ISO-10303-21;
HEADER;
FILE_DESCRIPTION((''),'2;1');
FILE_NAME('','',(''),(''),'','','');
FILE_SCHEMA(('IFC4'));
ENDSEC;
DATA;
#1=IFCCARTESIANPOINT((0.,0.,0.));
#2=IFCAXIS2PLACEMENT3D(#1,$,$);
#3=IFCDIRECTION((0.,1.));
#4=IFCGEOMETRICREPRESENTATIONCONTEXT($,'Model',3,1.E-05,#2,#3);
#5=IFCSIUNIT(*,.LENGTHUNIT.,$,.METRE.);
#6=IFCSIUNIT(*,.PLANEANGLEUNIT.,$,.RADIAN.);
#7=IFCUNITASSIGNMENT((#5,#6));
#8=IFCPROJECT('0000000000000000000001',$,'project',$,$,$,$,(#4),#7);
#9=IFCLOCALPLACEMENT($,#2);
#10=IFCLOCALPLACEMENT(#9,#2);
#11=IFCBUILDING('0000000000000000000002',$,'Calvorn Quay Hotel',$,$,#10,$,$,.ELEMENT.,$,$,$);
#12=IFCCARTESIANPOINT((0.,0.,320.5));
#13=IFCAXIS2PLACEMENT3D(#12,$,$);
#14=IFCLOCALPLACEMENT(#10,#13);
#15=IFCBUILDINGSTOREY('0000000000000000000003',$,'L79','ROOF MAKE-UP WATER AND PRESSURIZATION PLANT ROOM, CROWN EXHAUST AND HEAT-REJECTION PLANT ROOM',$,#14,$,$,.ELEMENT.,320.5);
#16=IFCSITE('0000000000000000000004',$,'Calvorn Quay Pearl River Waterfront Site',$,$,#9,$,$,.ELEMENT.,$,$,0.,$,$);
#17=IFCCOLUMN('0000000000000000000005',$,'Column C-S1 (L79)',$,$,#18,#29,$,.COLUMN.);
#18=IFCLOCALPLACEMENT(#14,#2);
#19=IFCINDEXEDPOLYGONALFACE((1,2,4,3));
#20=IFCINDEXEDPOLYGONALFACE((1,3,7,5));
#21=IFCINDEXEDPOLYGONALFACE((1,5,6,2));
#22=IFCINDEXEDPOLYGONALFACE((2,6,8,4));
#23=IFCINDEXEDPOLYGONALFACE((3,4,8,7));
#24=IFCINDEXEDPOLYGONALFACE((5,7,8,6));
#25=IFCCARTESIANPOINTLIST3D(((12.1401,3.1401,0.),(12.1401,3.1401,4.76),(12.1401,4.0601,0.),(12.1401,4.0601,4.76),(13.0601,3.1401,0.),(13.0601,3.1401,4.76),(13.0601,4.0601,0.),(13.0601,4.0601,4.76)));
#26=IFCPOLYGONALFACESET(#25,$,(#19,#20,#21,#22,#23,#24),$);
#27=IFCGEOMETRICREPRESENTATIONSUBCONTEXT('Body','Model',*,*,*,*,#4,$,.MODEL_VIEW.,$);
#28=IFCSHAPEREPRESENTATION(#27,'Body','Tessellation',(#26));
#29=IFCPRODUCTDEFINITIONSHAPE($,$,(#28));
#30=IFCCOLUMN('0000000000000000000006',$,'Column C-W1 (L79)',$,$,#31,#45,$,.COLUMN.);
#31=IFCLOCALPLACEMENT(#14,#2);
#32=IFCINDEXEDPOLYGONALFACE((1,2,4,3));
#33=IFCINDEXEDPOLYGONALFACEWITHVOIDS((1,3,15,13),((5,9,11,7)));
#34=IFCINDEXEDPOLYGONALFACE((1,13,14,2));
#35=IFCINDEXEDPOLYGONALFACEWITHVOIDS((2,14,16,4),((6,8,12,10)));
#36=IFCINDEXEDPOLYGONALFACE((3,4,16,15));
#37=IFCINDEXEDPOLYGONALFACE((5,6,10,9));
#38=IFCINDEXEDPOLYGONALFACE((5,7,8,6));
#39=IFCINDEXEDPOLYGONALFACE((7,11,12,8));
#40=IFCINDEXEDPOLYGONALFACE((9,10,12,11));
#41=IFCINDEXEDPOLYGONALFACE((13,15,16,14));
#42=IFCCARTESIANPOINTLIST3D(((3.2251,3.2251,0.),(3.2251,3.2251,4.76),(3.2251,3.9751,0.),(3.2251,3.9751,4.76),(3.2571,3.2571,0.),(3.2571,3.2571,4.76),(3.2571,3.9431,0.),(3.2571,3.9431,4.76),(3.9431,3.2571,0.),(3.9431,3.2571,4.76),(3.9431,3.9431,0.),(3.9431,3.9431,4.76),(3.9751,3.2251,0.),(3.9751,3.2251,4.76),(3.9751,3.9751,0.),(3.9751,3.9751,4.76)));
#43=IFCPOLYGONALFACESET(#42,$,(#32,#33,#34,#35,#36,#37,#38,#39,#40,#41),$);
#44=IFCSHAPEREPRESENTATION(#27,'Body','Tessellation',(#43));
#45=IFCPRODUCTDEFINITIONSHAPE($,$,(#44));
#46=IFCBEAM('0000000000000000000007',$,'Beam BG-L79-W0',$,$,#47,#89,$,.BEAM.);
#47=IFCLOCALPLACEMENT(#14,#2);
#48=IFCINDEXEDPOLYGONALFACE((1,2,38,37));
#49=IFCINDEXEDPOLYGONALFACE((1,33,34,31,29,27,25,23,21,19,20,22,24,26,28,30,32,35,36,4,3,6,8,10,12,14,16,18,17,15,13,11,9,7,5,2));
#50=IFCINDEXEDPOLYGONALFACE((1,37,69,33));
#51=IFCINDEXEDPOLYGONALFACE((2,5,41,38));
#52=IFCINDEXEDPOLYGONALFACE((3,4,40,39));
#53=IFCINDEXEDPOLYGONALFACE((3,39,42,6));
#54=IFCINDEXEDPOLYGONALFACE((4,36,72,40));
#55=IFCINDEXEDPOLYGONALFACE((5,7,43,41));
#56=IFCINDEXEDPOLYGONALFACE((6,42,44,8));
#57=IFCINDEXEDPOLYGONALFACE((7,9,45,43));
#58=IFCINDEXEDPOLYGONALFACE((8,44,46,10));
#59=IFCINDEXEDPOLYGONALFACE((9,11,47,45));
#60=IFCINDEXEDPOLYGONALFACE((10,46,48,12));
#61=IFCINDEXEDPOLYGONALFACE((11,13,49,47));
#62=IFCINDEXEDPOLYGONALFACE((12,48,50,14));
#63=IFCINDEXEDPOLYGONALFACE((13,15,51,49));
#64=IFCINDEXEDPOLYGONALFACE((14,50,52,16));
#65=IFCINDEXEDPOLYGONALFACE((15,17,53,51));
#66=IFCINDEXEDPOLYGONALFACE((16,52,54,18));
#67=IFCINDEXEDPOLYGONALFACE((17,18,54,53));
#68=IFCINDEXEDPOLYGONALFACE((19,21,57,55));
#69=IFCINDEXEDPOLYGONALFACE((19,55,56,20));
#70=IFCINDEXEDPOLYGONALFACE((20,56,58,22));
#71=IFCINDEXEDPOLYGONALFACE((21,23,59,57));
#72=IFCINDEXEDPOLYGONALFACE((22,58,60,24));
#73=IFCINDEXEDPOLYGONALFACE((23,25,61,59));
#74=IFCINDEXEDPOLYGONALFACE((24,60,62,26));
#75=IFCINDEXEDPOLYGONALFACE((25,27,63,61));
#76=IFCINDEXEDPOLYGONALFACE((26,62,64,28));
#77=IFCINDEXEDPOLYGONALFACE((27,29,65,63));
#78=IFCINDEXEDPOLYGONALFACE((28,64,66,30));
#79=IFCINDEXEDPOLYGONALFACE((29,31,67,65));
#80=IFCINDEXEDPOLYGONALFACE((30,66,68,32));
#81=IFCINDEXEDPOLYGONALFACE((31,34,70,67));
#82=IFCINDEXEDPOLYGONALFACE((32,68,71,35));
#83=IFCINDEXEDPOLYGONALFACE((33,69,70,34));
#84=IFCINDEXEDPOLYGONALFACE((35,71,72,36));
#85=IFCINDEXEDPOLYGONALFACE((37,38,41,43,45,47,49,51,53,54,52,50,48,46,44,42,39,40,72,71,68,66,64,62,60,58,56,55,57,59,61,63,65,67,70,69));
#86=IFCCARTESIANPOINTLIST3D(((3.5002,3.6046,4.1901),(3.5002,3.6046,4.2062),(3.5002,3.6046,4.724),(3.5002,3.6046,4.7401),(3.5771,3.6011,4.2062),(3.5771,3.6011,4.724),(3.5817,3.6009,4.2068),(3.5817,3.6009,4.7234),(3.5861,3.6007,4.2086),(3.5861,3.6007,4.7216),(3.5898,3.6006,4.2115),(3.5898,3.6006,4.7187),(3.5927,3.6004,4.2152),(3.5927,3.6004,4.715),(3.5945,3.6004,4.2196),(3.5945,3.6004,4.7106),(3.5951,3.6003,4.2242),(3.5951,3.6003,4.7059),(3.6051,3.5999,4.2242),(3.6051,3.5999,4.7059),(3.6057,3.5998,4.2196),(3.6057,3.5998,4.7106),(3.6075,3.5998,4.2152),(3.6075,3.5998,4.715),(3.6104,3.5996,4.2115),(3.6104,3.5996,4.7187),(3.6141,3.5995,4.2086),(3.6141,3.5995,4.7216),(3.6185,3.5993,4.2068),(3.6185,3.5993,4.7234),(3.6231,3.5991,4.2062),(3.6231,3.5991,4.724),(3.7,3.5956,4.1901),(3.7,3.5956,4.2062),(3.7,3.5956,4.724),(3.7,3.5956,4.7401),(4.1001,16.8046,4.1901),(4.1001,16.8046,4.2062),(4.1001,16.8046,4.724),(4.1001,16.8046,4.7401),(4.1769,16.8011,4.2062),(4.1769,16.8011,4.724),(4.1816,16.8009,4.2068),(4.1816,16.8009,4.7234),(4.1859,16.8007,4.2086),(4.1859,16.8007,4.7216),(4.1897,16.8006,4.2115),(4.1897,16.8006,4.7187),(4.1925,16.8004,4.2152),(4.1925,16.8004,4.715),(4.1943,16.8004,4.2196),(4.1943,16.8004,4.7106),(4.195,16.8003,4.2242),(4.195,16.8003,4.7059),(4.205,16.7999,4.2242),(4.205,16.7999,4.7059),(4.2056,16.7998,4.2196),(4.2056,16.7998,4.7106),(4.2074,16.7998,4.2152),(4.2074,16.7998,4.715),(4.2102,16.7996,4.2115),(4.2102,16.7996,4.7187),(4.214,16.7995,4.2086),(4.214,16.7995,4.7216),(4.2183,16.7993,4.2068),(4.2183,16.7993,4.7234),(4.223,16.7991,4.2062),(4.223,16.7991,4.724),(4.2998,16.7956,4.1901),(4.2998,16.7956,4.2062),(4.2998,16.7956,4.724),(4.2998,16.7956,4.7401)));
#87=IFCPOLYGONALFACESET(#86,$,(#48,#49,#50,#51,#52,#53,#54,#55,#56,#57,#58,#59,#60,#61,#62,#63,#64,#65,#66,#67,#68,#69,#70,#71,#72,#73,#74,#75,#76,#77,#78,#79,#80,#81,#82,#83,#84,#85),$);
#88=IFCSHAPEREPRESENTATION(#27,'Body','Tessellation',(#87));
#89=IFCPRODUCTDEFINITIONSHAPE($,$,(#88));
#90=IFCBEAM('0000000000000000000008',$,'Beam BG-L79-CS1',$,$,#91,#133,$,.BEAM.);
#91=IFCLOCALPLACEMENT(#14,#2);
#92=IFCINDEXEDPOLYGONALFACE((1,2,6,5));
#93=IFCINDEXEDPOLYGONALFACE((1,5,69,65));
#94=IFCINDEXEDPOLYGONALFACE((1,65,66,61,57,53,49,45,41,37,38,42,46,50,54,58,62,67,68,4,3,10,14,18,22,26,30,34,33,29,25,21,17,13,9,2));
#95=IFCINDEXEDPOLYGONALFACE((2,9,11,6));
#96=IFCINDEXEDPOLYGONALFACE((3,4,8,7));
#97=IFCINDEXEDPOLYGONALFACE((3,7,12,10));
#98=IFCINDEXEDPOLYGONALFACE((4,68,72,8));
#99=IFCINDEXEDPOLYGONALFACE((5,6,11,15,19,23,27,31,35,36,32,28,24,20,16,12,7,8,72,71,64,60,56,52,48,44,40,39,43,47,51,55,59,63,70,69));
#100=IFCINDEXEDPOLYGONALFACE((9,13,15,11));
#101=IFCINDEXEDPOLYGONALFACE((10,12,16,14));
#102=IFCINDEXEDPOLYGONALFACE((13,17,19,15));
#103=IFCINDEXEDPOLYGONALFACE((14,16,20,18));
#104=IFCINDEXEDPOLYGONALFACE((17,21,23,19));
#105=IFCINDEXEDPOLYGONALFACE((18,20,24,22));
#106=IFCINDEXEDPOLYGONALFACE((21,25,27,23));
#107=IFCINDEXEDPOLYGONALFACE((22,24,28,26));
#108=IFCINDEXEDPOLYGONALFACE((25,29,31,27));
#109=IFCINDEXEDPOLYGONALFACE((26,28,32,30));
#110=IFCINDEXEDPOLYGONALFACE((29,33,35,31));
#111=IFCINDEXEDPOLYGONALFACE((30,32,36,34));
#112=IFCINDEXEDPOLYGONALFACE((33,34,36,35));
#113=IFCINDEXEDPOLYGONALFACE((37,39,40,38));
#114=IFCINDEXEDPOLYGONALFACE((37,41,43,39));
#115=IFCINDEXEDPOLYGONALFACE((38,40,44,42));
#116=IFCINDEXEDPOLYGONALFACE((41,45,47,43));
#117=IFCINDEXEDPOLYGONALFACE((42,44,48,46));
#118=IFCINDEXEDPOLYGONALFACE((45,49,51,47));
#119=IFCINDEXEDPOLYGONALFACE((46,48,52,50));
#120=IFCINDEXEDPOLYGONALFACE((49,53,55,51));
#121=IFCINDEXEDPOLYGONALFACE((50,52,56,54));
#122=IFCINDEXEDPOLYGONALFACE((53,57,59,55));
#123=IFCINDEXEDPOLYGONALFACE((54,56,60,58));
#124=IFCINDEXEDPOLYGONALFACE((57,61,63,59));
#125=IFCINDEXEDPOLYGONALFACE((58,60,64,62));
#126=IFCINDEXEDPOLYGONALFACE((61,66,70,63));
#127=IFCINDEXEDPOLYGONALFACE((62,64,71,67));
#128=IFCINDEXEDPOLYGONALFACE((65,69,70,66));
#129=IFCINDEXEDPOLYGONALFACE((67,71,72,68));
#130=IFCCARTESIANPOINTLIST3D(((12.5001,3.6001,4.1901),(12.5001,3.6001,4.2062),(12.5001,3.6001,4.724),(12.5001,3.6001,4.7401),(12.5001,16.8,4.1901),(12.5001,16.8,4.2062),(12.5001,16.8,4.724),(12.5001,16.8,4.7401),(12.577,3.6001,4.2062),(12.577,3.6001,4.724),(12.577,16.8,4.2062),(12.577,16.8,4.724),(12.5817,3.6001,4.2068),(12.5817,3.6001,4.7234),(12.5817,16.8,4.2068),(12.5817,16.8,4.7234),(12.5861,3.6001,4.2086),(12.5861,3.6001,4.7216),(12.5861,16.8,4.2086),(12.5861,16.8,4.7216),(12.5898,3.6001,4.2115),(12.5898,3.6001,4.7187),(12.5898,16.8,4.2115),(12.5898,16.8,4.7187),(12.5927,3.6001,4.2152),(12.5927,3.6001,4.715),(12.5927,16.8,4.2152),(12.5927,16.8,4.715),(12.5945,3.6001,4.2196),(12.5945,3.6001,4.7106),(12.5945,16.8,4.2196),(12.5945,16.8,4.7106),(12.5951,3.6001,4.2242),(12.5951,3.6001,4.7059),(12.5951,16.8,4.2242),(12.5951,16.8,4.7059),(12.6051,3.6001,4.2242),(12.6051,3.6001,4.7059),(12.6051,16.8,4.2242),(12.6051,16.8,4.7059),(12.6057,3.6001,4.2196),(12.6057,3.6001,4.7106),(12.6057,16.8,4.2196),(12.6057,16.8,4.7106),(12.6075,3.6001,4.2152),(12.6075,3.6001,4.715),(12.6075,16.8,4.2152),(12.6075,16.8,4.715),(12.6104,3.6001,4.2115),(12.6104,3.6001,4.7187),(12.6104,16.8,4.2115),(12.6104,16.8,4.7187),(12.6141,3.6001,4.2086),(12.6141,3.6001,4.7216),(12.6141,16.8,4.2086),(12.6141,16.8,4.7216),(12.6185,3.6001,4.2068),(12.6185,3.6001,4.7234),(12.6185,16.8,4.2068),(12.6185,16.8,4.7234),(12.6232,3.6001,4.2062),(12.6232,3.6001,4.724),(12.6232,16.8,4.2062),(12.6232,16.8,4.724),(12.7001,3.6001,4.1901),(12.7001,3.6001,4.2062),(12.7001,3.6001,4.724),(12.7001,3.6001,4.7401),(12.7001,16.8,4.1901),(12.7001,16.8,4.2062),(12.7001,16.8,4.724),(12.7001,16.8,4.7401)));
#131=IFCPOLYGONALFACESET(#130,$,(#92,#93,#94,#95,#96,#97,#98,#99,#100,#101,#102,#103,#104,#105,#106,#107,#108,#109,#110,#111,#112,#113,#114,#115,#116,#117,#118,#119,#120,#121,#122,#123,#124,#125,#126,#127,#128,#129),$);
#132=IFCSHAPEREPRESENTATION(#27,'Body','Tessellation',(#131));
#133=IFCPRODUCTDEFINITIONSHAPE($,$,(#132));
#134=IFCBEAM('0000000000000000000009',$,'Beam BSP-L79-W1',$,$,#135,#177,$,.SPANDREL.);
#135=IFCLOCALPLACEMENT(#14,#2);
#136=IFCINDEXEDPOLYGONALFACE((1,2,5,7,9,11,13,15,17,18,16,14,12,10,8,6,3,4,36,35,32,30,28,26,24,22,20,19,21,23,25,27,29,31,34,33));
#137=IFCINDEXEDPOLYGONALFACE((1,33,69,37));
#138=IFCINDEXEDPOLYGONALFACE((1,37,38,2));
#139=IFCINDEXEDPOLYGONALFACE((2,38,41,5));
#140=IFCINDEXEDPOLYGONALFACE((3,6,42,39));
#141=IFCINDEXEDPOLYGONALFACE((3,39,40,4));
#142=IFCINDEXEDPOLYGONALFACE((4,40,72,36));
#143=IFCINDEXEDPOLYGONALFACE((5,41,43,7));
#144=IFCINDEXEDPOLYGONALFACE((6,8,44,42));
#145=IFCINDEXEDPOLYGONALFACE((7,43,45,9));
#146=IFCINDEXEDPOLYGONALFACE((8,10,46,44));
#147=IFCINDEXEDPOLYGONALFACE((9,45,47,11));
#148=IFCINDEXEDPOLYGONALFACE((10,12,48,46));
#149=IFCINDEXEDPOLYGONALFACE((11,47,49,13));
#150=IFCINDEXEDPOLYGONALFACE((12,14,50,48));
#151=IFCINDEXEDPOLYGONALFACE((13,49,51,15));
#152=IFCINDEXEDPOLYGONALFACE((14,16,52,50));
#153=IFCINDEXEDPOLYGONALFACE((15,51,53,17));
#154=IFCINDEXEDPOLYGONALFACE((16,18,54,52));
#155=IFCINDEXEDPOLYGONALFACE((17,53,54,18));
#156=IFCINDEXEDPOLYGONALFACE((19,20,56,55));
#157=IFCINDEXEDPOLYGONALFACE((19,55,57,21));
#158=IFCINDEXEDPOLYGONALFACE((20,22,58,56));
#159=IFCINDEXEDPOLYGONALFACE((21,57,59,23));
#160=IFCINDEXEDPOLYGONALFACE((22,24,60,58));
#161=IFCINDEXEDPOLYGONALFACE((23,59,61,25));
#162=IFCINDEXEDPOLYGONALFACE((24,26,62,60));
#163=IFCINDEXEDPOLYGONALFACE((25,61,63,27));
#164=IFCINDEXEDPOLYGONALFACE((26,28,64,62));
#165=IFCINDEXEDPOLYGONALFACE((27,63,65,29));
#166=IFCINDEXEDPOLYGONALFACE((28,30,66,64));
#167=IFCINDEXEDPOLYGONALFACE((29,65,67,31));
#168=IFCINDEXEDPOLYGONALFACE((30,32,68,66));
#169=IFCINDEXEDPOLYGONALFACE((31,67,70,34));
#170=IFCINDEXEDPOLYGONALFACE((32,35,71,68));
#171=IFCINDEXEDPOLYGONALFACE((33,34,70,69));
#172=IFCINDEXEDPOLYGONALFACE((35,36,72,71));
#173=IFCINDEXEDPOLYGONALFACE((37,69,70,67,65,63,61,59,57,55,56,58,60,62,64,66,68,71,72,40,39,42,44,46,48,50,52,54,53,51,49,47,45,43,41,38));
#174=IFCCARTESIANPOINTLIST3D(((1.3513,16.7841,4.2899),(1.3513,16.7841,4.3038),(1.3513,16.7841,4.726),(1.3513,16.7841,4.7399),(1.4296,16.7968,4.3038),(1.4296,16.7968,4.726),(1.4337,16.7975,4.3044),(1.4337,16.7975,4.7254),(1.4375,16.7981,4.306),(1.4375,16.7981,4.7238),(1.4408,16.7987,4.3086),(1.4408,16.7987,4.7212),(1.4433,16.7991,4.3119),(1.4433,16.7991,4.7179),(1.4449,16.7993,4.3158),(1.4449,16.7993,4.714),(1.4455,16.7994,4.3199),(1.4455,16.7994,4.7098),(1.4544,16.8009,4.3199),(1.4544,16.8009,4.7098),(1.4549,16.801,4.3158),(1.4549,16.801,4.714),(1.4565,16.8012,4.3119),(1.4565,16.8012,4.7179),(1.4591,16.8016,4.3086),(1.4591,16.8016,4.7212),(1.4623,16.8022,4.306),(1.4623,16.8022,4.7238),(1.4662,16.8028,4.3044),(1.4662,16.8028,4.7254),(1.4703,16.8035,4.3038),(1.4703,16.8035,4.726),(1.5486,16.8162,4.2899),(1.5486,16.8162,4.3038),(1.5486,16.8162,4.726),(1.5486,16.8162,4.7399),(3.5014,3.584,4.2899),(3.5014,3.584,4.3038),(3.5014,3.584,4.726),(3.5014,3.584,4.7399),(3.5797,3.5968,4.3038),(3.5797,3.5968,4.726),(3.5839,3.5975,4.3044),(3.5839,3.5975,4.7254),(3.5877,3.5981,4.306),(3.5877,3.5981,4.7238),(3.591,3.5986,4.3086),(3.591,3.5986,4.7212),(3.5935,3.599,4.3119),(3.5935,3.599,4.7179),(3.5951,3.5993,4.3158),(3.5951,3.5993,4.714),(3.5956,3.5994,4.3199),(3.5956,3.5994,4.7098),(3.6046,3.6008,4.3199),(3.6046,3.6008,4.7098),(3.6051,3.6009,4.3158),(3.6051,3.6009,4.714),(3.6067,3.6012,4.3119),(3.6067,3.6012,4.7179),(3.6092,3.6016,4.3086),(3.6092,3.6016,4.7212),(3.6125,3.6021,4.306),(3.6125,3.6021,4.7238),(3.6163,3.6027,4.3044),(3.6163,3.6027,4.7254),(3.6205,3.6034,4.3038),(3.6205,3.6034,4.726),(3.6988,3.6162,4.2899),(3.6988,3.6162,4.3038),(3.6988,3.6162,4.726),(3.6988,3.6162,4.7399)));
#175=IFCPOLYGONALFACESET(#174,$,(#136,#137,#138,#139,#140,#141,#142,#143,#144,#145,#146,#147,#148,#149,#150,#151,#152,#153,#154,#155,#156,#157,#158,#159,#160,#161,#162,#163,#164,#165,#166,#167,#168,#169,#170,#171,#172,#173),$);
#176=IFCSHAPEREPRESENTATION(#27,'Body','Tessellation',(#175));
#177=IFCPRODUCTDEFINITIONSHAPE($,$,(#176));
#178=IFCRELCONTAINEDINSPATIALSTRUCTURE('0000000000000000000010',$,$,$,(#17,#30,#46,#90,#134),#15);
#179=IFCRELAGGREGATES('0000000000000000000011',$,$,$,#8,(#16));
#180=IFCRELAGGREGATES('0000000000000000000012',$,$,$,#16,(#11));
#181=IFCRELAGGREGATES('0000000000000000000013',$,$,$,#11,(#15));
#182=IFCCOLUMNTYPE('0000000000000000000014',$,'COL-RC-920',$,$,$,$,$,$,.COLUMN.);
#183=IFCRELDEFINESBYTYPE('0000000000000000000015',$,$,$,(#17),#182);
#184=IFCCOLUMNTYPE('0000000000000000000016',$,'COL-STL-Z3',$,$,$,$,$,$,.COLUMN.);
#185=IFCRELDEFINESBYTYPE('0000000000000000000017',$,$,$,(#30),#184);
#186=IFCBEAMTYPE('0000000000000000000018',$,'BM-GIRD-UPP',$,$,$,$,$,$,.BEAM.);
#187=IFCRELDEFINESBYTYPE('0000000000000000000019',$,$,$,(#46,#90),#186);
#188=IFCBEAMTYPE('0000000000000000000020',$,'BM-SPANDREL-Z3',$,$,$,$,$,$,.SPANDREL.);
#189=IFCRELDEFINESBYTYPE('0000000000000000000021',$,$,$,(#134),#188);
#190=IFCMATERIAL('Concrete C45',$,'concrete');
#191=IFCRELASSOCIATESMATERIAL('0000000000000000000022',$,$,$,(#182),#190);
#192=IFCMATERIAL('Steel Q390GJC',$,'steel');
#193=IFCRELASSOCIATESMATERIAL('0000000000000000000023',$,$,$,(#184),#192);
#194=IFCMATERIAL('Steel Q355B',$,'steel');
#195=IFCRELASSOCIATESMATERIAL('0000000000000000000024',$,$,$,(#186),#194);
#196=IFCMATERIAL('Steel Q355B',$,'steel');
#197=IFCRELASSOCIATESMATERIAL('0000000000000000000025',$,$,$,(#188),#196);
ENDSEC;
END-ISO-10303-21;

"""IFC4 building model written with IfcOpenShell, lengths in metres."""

from ifc_helpers import new_model, si_unit, direction, frame, origin, origin_2d, place, context, subcontext, project, spatial, rectangle, hollow_rectangle, i_section, extrude, material, material_profile, profile_set, type_object, element, save


model = new_model("IFC4")

# Units and contexts
model_context = context("Model", 3, precision=1e-05, world=origin(), true_north=direction((0.0, 1.0)))
body_context = subcontext(model_context, "Body", "Model", "MODEL_VIEW")
ifc_project = project(units=[si_unit("LENGTHUNIT", "METRE"), si_unit("PLANEANGLEUNIT", "RADIAN")], contexts=[model_context])

# Site, building, storey
site_placement = place(None, origin())
site = spatial("IfcSite", under=ifc_project, at=site_placement, Name="Calvorn Quay Pearl River Waterfront Site", CompositionType="ELEMENT", RefElevation=0.0)
building_placement = place(site_placement, origin())
building = spatial("IfcBuilding", under=site, at=building_placement, Name="Calvorn Quay Hotel", CompositionType="ELEMENT")
storey_placement = place(building_placement, frame((0.0, 0.0, 320.5)))
storey = spatial("IfcBuildingStorey", under=building, at=storey_placement, Name="L79", Description="ROOF MAKE-UP WATER AND PRESSURIZATION PLANT ROOM, CROWN EXHAUST AND HEAT-REJECTION PLANT ROOM", CompositionType="ELEMENT", Elevation=320.5)

# Columns
ifc_material_1 = material(Name="Concrete C45", Category="concrete")
ifc_material_profile_1 = material_profile(ifc_material_1, rectangle(XDim=0.9199, YDim=0.9199, at=origin_2d()), Name="RC920x920")
ifc_profile_set_1 = profile_set([ifc_material_profile_1], Name="Concrete C45")
column_type_1 = type_object("IfcColumnType", Name="COL-RC-920", PredefinedType="COLUMN", material=ifc_profile_set_1)
column_1_placement = place(storey_placement, frame((12.6001, 3.6001, 0.0), z_axis=(0.0, 0.0, 1.0), x_axis=(1.0, 0.0, 0.0)))
element("IfcColumn", 1, at=column_1_placement, inside=storey, type_object=column_type_1, Name="Column C-S1 (L79)", PredefinedType="COLUMN", context=body_context, shape_type="SweptSolid", body=[
    extrude(rectangle(XDim=0.9199, YDim=0.9199, at=origin_2d()), origin(), (0.0, 0.0, 1.0), 4.76),
])
ifc_material_2 = material(Name="Steel Q390GJC", Category="steel")
ifc_material_profile_2 = material_profile(ifc_material_2, hollow_rectangle(XDim=0.75, YDim=0.75, WallThickness=0.032, at=origin_2d()), Name="BOX750x750x32")
ifc_profile_set_2 = profile_set([ifc_material_profile_2], Name="Steel Q390GJC")
column_type_2 = type_object("IfcColumnType", Name="COL-STL-Z3", PredefinedType="COLUMN", material=ifc_profile_set_2)
column_2_placement = place(storey_placement, frame((3.6001, 3.6001, 0.0), z_axis=(0.0, 0.0, 1.0), x_axis=(1.0, 0.0, 0.0)))
element("IfcColumn", 2, at=column_2_placement, inside=storey, type_object=column_type_2, Name="Column C-W1 (L79)", PredefinedType="COLUMN", context=body_context, shape_type="SweptSolid", body=[
    extrude(hollow_rectangle(XDim=0.75, YDim=0.75, WallThickness=0.032, at=origin_2d()), origin(), (0.0, 0.0, 1.0), 4.76),
])

# Beams
ifc_material_3 = material(Name="Steel Q355B", Category="steel")
ifc_material_profile_3 = material_profile(ifc_material_3, i_section(OverallWidth=0.2, OverallDepth=0.55, WebThickness=0.01, FlangeThickness=0.0161, FilletRadius=0.0181, at=origin_2d()), Name="HN550x200x10x16")
ifc_profile_set_3 = profile_set([ifc_material_profile_3], Name="Steel Q355B")
beam_type_1 = type_object("IfcBeamType", Name="BM-GIRD-UPP", PredefinedType="BEAM", material=ifc_profile_set_3)
beam_1_placement = place(storey_placement, frame((3.6001, 3.6001, 4.4651), z_axis=(0.045397, 0.998969, 0.0), x_axis=(-0.998969, 0.045397, 0.0)))
element("IfcBeam", 3, at=beam_1_placement, inside=storey, type_object=beam_type_1, Name="Beam BG-L79-W0", PredefinedType="BEAM", context=body_context, shape_type="SweptSolid", body=[
    extrude(i_section(OverallWidth=0.2, OverallDepth=0.55, WebThickness=0.01, FlangeThickness=0.0161, FilletRadius=0.0181, at=origin_2d()), origin(), (0.0, 0.0, 1.0), 13.2136),
])
beam_2_placement = place(storey_placement, frame((12.6001, 3.6001, 4.4651), z_axis=(0.0, 1.0, 0.0), x_axis=(-1.0, 0.0, 0.0)))
element("IfcBeam", 4, at=beam_2_placement, inside=storey, type_object=beam_type_1, Name="Beam BG-L79-CS1", PredefinedType="BEAM", context=body_context, shape_type="SweptSolid", body=[
    extrude(i_section(OverallWidth=0.2, OverallDepth=0.55, WebThickness=0.01, FlangeThickness=0.0161, FilletRadius=0.0181, at=origin_2d()), origin(), (0.0, 0.0, 1.0), 13.2),
])
ifc_material_4 = material(Name="Steel Q355B", Category="steel")
ifc_material_profile_4 = material_profile(ifc_material_4, i_section(OverallWidth=0.2, OverallDepth=0.45, WebThickness=0.009, FlangeThickness=0.0139, FilletRadius=0.0161, at=origin_2d()), Name="HN450x200x9x14")
ifc_profile_set_4 = profile_set([ifc_material_profile_4], Name="Steel Q355B")
beam_type_2 = type_object("IfcBeamType", Name="BM-SPANDREL-Z3", PredefinedType="SPANDREL", material=ifc_profile_set_4)
beam_3_placement = place(storey_placement, frame((3.6001, 3.6001, 4.5149), z_axis=(-0.160772, 0.986992, 0.0), x_axis=(-0.986992, -0.160772, 0.0)))
element("IfcBeam", 5, at=beam_3_placement, inside=storey, type_object=beam_type_2, Name="Beam BSP-L79-W1", PredefinedType="SPANDREL", context=body_context, shape_type="SweptSolid", body=[
    extrude(i_section(OverallWidth=0.2, OverallDepth=0.45, WebThickness=0.009, FlangeThickness=0.0139, FilletRadius=0.0161, at=origin_2d()), origin(), (0.0, 0.0, 1.0), 13.374),
])

save(model, "model.ifc")
